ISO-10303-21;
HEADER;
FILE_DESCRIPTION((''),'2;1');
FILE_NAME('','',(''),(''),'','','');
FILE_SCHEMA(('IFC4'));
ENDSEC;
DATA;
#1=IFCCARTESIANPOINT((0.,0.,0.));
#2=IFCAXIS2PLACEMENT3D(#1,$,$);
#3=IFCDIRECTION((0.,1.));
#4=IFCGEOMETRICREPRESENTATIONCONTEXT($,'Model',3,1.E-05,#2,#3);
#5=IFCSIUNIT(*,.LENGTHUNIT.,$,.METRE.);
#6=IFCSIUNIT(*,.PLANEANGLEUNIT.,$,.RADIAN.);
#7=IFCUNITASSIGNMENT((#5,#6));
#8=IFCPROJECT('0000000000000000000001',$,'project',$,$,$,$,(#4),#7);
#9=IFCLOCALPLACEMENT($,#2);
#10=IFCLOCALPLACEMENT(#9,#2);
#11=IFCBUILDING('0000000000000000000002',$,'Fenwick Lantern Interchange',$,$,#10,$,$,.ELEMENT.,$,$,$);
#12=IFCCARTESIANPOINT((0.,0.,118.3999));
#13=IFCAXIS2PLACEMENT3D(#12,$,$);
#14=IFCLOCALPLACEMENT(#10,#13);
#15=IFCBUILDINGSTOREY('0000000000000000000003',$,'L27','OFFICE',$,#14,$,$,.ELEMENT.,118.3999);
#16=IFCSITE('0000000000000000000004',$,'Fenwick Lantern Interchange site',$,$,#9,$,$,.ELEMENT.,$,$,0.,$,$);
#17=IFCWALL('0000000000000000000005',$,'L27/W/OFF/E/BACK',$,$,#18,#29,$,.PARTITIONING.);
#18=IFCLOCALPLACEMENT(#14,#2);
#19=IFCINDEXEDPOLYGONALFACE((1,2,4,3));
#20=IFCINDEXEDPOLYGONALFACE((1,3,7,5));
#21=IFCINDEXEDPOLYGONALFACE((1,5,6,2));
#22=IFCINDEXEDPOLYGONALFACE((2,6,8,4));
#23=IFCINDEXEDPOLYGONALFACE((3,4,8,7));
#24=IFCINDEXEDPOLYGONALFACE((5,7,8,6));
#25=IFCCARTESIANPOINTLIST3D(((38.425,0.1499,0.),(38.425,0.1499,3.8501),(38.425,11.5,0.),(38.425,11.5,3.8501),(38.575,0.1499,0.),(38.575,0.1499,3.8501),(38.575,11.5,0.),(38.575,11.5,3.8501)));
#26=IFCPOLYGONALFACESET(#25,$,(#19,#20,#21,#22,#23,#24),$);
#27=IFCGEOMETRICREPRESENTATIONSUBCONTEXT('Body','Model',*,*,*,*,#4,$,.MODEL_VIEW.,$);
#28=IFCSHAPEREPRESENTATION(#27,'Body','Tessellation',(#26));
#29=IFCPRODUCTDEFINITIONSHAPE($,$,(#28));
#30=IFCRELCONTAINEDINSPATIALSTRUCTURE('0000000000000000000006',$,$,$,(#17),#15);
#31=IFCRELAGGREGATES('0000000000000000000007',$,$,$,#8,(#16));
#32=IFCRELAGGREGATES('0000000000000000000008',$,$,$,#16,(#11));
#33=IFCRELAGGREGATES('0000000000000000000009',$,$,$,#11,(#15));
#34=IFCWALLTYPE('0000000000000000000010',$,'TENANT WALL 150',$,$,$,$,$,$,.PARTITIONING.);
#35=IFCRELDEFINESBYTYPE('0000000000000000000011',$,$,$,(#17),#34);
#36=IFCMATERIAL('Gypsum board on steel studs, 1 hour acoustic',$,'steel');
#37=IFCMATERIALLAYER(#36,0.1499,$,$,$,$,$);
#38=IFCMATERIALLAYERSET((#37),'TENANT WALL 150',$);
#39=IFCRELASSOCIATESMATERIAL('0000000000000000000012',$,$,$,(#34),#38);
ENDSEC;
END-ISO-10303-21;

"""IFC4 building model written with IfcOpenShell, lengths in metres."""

from ifc_helpers import new_model, si_unit, direction, frame, frame_2d, origin, place, context, subcontext, project, spatial, rectangle, extrude, material, layer, layer_set, type_object, element, save


model = new_model("IFC4")

# Units and contexts
model_context = context("Model", 3, precision=1e-05, world=origin(), true_north=direction((0.0, 1.0)))
body_context = subcontext(model_context, "Body", "Model", "MODEL_VIEW")
ifc_project = project(units=[si_unit("LENGTHUNIT", "METRE"), si_unit("PLANEANGLEUNIT", "RADIAN")], contexts=[model_context])

# Site, building, storey
site_placement = place(None, origin())
site = spatial("IfcSite", under=ifc_project, at=site_placement, Name="Fenwick Lantern Interchange site", CompositionType="ELEMENT", RefElevation=0.0)
building_placement = place(site_placement, origin())
building = spatial("IfcBuilding", under=site, at=building_placement, Name="Fenwick Lantern Interchange", CompositionType="ELEMENT")
storey_placement = place(building_placement, frame((0.0, 0.0, 118.3999)))
storey = spatial("IfcBuildingStorey", under=building, at=storey_placement, Name="L27", Description="OFFICE", CompositionType="ELEMENT", Elevation=118.3999)

# Wall
ifc_material_1 = material(Name="Gypsum board on steel studs, 1 hour acoustic", Category="steel")
ifc_layer_1 = layer(ifc_material_1, 0.1499)
ifc_layer_set_1 = layer_set([ifc_layer_1], Name="TENANT WALL 150")
wall_type_1 = type_object("IfcWallType", Name="TENANT WALL 150", PredefinedType="PARTITIONING", material=ifc_layer_set_1)
wall_1_placement = place(storey_placement, frame((38.5, 0.1499, 0.0), z_axis=(0.0, 0.0, 1.0), x_axis=(0.0, 1.0, 0.0)))
element("IfcWall", 1, at=wall_1_placement, inside=storey, type_object=wall_type_1, Name="L27/W/OFF/E/BACK", PredefinedType="PARTITIONING", context=body_context, shape_type="SweptSolid", body=[
    extrude(rectangle(XDim=11.3501, YDim=0.1499, at=frame_2d((5.675, 0.0))), origin(), (0.0, 0.0, 1.0), 3.8501),
])

save(model, "model.ifc")
